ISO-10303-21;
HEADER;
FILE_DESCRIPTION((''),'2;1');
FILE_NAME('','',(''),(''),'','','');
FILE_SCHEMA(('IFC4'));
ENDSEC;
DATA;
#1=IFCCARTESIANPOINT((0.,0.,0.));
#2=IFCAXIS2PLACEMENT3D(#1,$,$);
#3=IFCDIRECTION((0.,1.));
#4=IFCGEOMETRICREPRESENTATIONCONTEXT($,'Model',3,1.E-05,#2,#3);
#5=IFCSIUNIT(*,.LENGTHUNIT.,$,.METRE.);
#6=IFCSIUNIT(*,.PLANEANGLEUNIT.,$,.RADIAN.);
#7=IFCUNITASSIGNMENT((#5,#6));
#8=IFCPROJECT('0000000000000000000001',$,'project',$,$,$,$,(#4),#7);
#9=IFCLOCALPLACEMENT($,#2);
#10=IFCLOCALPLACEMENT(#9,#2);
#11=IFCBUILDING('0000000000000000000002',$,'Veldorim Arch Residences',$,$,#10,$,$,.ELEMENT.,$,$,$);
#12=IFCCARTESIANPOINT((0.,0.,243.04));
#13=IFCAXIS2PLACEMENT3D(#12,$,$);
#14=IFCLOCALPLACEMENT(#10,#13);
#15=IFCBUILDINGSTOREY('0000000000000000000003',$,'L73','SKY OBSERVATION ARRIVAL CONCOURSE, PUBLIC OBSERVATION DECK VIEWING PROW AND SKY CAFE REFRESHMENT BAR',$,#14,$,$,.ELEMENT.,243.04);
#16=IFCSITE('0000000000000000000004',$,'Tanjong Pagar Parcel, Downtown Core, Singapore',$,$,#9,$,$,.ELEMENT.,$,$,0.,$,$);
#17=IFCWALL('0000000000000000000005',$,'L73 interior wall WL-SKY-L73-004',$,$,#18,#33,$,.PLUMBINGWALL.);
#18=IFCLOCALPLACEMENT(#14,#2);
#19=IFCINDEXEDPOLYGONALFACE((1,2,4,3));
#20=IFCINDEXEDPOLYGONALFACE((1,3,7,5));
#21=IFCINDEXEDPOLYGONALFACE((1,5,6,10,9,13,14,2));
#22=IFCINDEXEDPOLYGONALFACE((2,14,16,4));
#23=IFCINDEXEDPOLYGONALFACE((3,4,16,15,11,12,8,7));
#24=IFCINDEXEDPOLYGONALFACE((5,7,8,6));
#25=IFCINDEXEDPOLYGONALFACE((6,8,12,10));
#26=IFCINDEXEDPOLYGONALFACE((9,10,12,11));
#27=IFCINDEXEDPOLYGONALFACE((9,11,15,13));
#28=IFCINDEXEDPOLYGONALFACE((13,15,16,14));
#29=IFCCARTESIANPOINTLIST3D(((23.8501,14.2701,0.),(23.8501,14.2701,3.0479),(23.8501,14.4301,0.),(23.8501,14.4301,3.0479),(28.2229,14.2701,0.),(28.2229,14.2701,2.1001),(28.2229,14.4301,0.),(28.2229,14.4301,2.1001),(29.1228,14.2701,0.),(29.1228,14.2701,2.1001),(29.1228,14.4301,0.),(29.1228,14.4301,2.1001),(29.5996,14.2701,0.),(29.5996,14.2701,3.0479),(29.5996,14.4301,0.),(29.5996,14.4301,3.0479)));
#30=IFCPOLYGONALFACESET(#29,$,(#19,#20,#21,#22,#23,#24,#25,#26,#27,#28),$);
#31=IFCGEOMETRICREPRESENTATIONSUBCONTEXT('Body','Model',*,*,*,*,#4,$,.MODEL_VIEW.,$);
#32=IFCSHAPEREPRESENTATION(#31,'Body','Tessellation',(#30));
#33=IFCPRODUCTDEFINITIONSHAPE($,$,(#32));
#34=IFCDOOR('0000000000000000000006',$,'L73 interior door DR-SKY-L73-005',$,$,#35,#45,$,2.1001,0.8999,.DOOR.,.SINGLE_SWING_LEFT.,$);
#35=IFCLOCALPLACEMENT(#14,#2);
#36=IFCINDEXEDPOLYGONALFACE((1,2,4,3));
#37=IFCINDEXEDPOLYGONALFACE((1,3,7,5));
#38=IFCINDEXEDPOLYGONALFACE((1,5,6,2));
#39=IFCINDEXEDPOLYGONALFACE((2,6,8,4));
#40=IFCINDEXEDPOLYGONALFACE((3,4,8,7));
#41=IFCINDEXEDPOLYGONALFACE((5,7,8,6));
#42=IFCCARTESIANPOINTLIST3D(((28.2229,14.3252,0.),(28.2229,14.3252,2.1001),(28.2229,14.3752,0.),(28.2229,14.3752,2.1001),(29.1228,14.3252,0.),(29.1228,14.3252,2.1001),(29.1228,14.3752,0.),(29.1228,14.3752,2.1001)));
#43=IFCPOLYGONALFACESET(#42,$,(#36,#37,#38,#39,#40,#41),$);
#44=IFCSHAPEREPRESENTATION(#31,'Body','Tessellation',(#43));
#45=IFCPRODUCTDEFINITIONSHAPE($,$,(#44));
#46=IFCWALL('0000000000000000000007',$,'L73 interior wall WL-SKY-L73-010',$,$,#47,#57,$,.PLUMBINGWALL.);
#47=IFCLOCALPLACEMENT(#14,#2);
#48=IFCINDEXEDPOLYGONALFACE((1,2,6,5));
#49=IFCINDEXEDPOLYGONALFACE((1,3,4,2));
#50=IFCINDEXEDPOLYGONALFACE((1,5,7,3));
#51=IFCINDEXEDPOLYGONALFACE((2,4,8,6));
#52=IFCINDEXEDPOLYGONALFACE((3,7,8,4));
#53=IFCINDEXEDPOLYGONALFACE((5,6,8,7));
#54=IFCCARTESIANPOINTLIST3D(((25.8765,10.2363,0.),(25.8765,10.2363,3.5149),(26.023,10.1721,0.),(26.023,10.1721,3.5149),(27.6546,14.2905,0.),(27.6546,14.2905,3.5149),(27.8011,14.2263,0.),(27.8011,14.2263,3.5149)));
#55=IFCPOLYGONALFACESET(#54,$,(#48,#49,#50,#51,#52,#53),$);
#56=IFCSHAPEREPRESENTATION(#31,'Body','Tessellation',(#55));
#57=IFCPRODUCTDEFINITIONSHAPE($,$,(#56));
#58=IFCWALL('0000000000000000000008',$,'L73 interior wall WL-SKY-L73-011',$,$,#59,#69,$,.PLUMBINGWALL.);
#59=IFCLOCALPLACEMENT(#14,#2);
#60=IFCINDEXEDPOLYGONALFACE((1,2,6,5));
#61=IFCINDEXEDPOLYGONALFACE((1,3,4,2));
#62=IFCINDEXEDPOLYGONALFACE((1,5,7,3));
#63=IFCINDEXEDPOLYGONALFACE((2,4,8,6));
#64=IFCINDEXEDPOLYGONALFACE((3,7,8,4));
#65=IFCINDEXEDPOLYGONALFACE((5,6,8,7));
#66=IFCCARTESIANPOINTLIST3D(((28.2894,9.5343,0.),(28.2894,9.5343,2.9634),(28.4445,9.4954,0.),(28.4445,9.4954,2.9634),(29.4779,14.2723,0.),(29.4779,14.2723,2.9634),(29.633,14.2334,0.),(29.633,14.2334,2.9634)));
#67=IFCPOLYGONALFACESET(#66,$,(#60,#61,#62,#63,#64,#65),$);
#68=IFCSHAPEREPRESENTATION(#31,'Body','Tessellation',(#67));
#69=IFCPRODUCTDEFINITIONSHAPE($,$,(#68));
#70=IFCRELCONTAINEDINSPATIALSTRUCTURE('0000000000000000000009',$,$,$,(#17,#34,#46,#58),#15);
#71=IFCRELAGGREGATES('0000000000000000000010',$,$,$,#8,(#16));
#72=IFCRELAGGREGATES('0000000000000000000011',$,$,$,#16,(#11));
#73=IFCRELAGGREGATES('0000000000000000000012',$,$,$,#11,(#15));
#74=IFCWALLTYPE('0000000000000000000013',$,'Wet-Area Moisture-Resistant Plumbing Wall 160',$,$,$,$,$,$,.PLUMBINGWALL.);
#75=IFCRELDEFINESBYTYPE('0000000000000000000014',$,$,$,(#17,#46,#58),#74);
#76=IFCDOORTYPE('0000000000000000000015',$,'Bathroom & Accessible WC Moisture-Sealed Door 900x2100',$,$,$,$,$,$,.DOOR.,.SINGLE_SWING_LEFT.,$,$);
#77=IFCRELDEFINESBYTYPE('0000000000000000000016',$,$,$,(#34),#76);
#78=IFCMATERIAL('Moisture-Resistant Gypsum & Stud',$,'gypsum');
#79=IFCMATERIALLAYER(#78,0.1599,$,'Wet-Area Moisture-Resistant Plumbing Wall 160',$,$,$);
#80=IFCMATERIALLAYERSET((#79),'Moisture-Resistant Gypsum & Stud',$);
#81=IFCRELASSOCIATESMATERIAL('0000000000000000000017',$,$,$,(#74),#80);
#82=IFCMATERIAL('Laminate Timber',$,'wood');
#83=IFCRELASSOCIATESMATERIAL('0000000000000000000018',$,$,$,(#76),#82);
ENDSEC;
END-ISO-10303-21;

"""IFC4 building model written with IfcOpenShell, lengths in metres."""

from ifc_helpers import new_model, si_unit, direction, frame, frame_2d, origin, place, context, subcontext, project, spatial, rectangle, extrude, material, layer, layer_set, type_object, element, fill, save


model = new_model("IFC4")

# Units and contexts
model_context = context("Model", 3, precision=1e-05, world=origin(), true_north=direction((0.0, 1.0)))
body_context = subcontext(model_context, "Body", "Model", "MODEL_VIEW")
ifc_project = project(units=[si_unit("LENGTHUNIT", "METRE"), si_unit("PLANEANGLEUNIT", "RADIAN")], contexts=[model_context])

# Site, building, storey
site_placement = place(None, origin())
site = spatial("IfcSite", under=ifc_project, at=site_placement, Name="Tanjong Pagar Parcel, Downtown Core, Singapore", CompositionType="ELEMENT", RefElevation=0.0)
building_placement = place(site_placement, origin())
building = spatial("IfcBuilding", under=site, at=building_placement, Name="Veldorim Arch Residences", CompositionType="ELEMENT")
storey_placement = place(building_placement, frame((0.0, 0.0, 243.04)))
storey = spatial("IfcBuildingStorey", under=building, at=storey_placement, Name="L73", Description="SKY OBSERVATION ARRIVAL CONCOURSE, PUBLIC OBSERVATION DECK VIEWING PROW AND SKY CAFE REFRESHMENT BAR", CompositionType="ELEMENT", Elevation=243.04)

# Wall, opening, door
ifc_material_1 = material(Name="Moisture-Resistant Gypsum & Stud", Category="gypsum")
ifc_layer_1 = layer(ifc_material_1, 0.1599, Name="Wet-Area Moisture-Resistant Plumbing Wall 160")
ifc_layer_set_1 = layer_set([ifc_layer_1], Name="Moisture-Resistant Gypsum & Stud")
wall_type_1 = type_object("IfcWallType", Name="Wet-Area Moisture-Resistant Plumbing Wall 160", PredefinedType="PLUMBINGWALL", material=ifc_layer_set_1)
wall_1_placement = place(storey_placement, frame((29.5996, 14.3501, 0.0), z_axis=(0.0, 0.0, 1.0), x_axis=(-1.0, 0.0, 0.0)))
wall_1 = element("IfcWall", 1, at=wall_1_placement, inside=storey, type_object=wall_type_1, Name="L73 interior wall WL-SKY-L73-004", PredefinedType="PLUMBINGWALL", context=body_context, shape_type="SweptSolid", body=[
    extrude(rectangle(XDim=5.7495, YDim=0.1599, at=frame_2d((2.8748, 0.0))), origin(), (0.0, 0.0, 1.0), 3.0479),
])
opening_1_placement = place(wall_1_placement, frame((0.4768, 0.0, 0.0)))
opening_1 = element("IfcOpeningElement", 2, at=opening_1_placement, cuts=wall_1, PredefinedType="OPENING", context=body_context, shape_type="SweptSolid", body=[
    extrude(rectangle(XDim=0.8999, YDim=2.1001, at=frame_2d((0.45, 1.05))), frame((0.0, 0.0898, 0.0), z_axis=(0.0, -1.0, 0.0), x_axis=(1.0, 0.0, 0.0)), (0.0, 0.0, 1.0), 0.1799),
])
ifc_material_2 = material(Name="Laminate Timber", Category="wood")
door_type_1 = type_object("IfcDoorType", Name="Bathroom & Accessible WC Moisture-Sealed Door 900x2100", OperationType="SINGLE_SWING_LEFT", PredefinedType="DOOR", material=ifc_material_2)
door_1_placement = place(opening_1_placement, origin())
door_1 = element("IfcDoor", 3, at=door_1_placement, inside=storey, type_object=door_type_1, Name="L73 interior door DR-SKY-L73-005", OperationType="SINGLE_SWING_LEFT", OverallHeight=2.1001, OverallWidth=0.8999, PredefinedType="DOOR", context=body_context, shape_type="SweptSolid", body=[
    extrude(rectangle(XDim=0.8999, YDim=2.1001, at=frame_2d((0.45, 1.05))), frame((0.0, 0.0249, 0.0), z_axis=(0.0, -1.0, 0.0), x_axis=(1.0, 0.0, 0.0)), (0.0, 0.0, 1.0), 0.05),
])
fill(opening_1, door_1)

# Walls
wall_2_placement = place(storey_placement, frame((27.7278, 14.2583, 0.0), z_axis=(0.0, 0.0, 1.0), x_axis=(-0.401646, -0.915795, 0.0)))
element("IfcWall", 4, at=wall_2_placement, inside=storey, type_object=wall_type_1, Name="L73 interior wall WL-SKY-L73-010", PredefinedType="PLUMBINGWALL", context=body_context, shape_type="SweptSolid", body=[
    extrude(rectangle(XDim=4.427, YDim=0.1599, at=frame_2d((2.2134, 0.0))), origin(), (0.0, 0.0, 1.0), 3.5149),
])
wall_3_placement = place(storey_placement, frame((28.3669, 9.5149, 0.0), z_axis=(0.0, 0.0, 1.0), x_axis=(0.2433, 0.969951, 0.0)))
element("IfcWall", 5, at=wall_3_placement, inside=storey, type_object=wall_type_1, Name="L73 interior wall WL-SKY-L73-011", PredefinedType="PLUMBINGWALL", context=body_context, shape_type="SweptSolid", body=[
    extrude(rectangle(XDim=4.8848, YDim=0.1599, at=frame_2d((2.4424, 0.0))), origin(), (0.0, 0.0, 1.0), 2.9634),
])

save(model, "model.ifc")
